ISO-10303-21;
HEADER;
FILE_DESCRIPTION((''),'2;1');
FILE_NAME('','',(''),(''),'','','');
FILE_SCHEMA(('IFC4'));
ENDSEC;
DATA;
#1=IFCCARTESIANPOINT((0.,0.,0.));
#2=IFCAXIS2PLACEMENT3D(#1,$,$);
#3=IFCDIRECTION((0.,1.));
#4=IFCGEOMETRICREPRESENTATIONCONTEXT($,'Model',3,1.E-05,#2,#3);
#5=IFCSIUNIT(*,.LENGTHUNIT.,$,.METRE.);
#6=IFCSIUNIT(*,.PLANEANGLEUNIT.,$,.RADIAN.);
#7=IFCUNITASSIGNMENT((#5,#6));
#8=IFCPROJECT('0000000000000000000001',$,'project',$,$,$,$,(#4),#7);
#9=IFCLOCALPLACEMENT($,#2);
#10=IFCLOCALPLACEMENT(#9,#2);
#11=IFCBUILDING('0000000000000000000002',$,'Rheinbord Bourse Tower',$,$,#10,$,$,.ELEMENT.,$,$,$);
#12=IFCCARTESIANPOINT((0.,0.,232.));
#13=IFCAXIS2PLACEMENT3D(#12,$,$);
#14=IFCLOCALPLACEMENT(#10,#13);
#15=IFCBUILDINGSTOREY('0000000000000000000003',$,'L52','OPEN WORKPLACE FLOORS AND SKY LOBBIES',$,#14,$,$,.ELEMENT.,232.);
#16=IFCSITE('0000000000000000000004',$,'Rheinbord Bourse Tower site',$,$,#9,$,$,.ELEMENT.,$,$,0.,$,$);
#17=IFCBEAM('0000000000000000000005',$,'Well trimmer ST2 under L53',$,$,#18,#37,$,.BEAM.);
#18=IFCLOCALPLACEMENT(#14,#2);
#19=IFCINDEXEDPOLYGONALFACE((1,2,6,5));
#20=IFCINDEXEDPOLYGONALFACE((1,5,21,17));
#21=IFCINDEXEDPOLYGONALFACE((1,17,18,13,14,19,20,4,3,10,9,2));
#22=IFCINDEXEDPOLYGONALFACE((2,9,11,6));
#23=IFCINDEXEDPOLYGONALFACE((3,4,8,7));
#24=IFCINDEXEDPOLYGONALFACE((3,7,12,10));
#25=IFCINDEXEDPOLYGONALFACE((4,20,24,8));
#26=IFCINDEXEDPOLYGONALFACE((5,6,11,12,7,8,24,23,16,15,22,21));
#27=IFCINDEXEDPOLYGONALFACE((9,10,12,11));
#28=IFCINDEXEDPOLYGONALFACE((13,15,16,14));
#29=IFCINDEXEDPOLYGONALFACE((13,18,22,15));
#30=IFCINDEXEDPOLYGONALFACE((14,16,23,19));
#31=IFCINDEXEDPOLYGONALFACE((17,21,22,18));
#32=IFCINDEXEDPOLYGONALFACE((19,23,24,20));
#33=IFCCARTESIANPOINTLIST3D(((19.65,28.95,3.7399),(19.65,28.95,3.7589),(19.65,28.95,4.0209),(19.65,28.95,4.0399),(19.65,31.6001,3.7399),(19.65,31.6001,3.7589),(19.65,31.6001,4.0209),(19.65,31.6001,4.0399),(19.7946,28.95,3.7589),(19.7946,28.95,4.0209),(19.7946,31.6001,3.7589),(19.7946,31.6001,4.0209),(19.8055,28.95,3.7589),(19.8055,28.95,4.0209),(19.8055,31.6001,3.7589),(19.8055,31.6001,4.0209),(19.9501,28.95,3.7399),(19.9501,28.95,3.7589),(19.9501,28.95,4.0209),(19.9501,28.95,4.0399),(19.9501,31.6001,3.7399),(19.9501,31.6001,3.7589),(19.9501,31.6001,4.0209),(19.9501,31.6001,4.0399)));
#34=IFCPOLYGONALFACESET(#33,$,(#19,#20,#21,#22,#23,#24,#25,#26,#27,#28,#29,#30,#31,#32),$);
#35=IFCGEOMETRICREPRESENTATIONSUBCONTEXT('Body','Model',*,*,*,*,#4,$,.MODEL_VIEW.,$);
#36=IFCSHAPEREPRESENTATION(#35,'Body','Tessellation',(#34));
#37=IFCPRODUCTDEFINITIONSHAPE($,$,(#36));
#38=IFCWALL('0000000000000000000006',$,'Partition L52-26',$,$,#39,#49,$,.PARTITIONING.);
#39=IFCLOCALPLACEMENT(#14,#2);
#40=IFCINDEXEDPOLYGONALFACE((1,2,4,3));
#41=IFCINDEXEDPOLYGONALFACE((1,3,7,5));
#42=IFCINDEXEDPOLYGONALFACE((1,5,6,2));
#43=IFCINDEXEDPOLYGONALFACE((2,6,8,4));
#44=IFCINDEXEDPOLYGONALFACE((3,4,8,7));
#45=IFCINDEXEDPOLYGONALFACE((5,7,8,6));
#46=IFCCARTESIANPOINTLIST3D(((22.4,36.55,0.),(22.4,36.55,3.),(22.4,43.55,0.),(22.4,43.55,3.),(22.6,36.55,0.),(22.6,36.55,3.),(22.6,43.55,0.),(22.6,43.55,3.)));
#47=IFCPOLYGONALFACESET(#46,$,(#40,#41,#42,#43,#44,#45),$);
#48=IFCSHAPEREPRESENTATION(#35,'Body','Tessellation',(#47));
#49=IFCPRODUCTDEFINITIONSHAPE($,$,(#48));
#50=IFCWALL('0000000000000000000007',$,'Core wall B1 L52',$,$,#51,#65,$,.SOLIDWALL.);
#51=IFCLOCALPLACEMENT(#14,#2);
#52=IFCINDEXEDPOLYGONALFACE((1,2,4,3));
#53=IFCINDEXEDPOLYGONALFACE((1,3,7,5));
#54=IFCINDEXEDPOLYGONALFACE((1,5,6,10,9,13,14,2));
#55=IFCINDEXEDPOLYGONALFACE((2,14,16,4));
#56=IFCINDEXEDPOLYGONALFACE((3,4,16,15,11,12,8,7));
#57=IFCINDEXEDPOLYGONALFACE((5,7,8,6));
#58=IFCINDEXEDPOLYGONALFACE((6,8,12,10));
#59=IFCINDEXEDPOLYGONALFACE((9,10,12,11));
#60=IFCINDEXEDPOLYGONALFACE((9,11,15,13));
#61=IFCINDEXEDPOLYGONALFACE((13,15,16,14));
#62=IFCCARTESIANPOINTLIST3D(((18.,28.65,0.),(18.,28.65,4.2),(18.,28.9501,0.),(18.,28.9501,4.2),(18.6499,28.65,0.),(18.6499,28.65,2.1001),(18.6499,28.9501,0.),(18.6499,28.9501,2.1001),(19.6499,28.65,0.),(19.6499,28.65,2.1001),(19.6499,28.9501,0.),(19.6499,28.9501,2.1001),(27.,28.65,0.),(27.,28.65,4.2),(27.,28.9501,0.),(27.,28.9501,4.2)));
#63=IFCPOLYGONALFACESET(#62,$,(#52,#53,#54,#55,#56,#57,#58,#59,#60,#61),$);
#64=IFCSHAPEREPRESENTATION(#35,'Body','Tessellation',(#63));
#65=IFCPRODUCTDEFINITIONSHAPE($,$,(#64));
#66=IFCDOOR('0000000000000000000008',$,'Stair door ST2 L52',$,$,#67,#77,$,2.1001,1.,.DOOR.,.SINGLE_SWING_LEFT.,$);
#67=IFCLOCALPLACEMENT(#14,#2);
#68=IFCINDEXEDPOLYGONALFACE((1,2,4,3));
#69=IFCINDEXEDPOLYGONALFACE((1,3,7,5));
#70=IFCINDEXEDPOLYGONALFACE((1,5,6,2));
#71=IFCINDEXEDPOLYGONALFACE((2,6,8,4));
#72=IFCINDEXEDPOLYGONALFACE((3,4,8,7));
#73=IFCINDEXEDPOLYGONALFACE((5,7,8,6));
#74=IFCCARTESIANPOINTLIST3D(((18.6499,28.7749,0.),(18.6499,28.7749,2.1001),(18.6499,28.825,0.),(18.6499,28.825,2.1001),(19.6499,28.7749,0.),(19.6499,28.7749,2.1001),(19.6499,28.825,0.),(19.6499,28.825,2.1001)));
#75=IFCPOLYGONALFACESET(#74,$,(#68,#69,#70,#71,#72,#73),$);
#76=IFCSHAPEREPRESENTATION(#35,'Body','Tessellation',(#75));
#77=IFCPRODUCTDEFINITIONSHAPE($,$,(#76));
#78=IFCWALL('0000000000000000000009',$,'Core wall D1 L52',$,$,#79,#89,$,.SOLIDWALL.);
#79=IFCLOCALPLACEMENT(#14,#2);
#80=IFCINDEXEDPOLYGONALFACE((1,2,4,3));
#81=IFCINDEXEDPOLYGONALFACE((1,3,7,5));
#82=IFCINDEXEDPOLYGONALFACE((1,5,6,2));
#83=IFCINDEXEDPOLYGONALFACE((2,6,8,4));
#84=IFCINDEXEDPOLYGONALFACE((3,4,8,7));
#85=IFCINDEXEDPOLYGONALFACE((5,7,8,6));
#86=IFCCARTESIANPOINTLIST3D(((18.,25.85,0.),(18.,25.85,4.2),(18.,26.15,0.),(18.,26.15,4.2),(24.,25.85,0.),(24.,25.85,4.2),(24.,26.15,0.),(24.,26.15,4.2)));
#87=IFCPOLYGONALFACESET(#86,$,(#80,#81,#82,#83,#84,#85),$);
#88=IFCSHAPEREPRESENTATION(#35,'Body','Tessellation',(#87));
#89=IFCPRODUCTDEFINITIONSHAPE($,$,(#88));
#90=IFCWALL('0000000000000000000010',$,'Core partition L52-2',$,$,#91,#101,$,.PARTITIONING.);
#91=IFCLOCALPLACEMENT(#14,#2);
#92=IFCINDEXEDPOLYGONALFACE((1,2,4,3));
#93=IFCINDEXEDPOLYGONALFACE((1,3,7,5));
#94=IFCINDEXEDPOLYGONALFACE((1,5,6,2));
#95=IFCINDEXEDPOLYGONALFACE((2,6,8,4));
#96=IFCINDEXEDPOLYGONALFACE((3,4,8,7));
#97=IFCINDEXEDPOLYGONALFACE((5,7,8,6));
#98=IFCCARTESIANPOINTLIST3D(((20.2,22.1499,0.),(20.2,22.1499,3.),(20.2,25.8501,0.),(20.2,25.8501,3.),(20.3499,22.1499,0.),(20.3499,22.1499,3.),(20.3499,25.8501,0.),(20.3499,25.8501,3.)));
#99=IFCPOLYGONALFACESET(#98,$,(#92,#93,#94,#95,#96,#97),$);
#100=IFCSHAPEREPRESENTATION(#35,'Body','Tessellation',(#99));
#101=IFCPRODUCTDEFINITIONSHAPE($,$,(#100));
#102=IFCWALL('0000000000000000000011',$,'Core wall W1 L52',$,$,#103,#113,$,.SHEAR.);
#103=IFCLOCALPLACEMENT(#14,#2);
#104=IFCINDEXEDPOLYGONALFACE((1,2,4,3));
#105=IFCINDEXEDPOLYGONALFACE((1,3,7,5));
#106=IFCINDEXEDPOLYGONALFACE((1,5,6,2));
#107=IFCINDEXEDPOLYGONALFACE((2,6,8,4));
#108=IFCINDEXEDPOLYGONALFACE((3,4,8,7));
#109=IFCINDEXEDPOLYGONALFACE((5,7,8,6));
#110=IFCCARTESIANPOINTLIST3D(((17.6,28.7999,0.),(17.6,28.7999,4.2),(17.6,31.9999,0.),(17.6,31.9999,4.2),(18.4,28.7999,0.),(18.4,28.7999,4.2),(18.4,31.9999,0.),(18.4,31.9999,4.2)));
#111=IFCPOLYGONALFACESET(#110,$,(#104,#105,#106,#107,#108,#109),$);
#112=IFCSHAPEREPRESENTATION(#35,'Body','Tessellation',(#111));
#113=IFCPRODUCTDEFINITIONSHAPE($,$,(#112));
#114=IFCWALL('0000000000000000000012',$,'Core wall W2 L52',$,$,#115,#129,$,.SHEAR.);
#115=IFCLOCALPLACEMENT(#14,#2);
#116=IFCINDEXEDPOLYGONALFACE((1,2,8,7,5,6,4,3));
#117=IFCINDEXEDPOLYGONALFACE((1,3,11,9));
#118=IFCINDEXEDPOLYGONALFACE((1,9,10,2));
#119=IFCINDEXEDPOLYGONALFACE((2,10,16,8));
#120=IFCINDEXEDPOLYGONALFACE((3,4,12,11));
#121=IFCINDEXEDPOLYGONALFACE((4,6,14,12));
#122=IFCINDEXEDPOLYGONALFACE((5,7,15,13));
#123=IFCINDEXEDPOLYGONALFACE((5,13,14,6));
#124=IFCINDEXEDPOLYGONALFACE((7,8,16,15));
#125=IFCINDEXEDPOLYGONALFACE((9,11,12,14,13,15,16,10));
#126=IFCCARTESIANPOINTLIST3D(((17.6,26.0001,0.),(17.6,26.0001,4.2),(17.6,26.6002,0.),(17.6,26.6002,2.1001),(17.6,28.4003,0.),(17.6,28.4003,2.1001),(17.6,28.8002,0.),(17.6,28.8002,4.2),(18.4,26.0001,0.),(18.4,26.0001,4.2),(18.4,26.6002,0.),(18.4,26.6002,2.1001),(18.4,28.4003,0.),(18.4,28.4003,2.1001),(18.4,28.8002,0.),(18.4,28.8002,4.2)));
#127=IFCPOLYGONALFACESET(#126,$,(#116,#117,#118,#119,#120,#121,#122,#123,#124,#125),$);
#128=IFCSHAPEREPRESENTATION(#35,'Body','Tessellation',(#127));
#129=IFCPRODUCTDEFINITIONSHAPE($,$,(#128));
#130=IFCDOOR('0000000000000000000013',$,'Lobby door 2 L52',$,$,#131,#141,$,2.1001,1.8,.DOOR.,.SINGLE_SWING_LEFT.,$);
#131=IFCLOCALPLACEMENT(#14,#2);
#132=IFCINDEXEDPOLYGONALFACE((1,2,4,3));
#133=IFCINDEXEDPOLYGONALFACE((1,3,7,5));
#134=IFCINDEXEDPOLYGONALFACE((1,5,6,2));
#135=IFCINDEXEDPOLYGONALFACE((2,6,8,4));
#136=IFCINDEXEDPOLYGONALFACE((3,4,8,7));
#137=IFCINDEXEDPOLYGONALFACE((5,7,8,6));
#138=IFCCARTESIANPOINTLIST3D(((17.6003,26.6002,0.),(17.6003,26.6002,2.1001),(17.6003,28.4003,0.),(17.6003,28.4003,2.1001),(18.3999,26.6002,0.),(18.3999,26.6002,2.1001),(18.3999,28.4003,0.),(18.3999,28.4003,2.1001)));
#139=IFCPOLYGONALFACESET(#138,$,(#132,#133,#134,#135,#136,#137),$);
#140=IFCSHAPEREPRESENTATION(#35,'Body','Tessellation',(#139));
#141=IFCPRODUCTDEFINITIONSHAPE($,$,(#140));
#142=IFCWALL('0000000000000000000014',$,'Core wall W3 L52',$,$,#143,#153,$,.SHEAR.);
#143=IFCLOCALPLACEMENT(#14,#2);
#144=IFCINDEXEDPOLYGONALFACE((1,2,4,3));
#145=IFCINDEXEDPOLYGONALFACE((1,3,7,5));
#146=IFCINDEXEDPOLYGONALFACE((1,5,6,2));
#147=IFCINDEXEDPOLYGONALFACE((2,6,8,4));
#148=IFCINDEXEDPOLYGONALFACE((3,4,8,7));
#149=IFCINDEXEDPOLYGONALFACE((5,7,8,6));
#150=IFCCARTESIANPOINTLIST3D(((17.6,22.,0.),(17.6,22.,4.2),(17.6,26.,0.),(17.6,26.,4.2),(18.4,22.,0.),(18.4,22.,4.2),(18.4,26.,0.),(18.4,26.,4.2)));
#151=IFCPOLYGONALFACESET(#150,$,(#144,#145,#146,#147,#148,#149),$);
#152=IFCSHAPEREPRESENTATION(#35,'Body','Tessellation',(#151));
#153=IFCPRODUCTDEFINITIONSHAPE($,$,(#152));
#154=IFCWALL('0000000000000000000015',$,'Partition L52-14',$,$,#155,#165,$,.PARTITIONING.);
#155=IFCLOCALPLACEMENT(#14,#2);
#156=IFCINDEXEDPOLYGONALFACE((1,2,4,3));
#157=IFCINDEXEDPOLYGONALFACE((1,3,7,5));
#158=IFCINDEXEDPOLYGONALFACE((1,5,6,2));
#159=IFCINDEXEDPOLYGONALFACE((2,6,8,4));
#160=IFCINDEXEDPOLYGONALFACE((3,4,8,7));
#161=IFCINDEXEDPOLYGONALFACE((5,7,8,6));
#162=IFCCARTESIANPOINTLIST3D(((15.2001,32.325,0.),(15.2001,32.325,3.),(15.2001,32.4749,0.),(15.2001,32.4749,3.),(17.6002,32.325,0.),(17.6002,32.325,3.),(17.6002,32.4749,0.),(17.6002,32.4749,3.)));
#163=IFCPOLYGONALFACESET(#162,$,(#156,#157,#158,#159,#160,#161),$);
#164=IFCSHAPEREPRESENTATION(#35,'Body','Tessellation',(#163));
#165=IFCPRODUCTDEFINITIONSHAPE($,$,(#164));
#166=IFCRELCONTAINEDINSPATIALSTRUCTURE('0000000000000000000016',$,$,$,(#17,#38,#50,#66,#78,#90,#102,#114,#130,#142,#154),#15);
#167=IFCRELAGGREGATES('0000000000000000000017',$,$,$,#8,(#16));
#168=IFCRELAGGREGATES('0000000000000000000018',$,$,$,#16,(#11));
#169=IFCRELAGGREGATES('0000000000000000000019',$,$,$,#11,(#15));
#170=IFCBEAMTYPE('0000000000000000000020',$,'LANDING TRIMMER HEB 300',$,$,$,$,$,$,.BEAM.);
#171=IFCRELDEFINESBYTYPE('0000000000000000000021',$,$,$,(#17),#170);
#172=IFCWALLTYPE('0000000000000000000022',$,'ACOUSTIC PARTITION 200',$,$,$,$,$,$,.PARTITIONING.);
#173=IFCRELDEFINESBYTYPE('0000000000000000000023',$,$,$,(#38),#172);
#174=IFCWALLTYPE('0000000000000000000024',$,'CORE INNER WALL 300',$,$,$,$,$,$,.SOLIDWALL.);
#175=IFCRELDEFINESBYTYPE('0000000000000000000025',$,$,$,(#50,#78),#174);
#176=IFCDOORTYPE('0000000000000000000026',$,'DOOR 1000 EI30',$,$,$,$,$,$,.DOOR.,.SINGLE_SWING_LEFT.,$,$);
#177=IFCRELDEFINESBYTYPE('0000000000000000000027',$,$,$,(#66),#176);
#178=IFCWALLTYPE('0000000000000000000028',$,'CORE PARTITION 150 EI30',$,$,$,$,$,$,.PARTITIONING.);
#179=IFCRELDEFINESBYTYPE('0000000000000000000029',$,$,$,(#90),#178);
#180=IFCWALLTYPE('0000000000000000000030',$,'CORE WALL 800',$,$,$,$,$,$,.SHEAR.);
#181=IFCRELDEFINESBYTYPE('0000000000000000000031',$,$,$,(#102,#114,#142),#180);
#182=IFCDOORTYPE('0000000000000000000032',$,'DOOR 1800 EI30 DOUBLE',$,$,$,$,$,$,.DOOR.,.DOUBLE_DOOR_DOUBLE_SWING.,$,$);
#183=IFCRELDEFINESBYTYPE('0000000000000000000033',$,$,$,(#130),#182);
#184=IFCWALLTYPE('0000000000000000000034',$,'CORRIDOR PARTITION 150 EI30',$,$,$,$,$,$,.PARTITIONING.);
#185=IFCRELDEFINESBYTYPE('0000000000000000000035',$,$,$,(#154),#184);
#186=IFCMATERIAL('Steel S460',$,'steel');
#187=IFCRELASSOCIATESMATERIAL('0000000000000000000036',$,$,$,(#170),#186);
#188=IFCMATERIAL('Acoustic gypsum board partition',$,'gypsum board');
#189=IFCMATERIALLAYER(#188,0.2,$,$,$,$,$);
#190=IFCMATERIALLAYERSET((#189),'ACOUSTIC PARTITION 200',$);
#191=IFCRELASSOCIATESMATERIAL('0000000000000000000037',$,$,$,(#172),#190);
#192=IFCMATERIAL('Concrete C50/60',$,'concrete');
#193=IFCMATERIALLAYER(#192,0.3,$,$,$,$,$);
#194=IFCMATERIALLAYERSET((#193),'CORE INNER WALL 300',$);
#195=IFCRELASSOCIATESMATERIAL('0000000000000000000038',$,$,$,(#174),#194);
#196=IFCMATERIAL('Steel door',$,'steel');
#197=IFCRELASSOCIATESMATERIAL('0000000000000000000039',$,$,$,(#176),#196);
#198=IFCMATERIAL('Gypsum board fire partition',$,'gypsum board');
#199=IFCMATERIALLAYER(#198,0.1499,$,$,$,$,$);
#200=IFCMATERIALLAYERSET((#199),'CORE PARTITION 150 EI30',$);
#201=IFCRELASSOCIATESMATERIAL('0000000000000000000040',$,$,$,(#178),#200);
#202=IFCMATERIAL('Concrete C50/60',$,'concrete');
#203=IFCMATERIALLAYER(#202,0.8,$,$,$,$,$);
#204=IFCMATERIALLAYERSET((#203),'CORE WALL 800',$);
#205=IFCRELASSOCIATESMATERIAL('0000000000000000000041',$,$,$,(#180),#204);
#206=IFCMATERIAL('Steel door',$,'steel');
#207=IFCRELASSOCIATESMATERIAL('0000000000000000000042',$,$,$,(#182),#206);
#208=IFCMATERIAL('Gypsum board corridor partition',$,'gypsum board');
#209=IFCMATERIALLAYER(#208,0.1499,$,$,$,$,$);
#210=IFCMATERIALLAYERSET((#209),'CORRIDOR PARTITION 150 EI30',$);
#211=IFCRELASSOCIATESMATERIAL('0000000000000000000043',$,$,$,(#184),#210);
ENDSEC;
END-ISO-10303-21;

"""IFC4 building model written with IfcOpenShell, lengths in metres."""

from ifc_helpers import new_model, si_unit, direction, frame, frame_2d, origin, origin_2d, place, context, subcontext, project, spatial, rectangle, i_section, extrude, material, layer, layer_set, material_profile, profile_set, type_object, element, fill, save


model = new_model("IFC4")

# Units and contexts
model_context = context("Model", 3, precision=1e-05, world=origin(), true_north=direction((0.0, 1.0)))
body_context = subcontext(model_context, "Body", "Model", "MODEL_VIEW")
ifc_project = project(units=[si_unit("LENGTHUNIT", "METRE"), si_unit("PLANEANGLEUNIT", "RADIAN")], contexts=[model_context])

# Site, building, storey
site_placement = place(None, origin())
site = spatial("IfcSite", under=ifc_project, at=site_placement, Name="Rheinbord Bourse Tower site", CompositionType="ELEMENT", RefElevation=0.0)
building_placement = place(site_placement, origin())
building = spatial("IfcBuilding", under=site, at=building_placement, Name="Rheinbord Bourse Tower", CompositionType="ELEMENT")
storey_placement = place(building_placement, frame((0.0, 0.0, 232.0)))
storey = spatial("IfcBuildingStorey", under=building, at=storey_placement, Name="L52", Description="OPEN WORKPLACE FLOORS AND SKY LOBBIES", CompositionType="ELEMENT", Elevation=232.0)

# Beam
ifc_material_1 = material(Name="Steel S460", Category="steel")
ifc_material_profile = material_profile(ifc_material_1, i_section(OverallWidth=0.3, OverallDepth=0.3, WebThickness=0.011, FlangeThickness=0.019, at=origin_2d()), Name="HEB 300")
ifc_profile_set = profile_set([ifc_material_profile], Name="Steel S460")
beam_type = type_object("IfcBeamType", Name="LANDING TRIMMER HEB 300", PredefinedType="BEAM", material=ifc_profile_set)
beam_placement = place(storey_placement, frame((19.8, 28.95, 3.8899), z_axis=(0.0, 1.0, 0.0), x_axis=(-1.0, 0.0, 0.0)))
element("IfcBeam", 1, at=beam_placement, inside=storey, type_object=beam_type, Name="Well trimmer ST2 under L53", PredefinedType="BEAM", context=body_context, shape_type="SweptSolid", body=[
    extrude(i_section(OverallWidth=0.3, OverallDepth=0.3, WebThickness=0.011, FlangeThickness=0.019, at=origin_2d()), origin(), (0.0, 0.0, 1.0), 2.6501),
])

# Wall
ifc_material_2 = material(Name="Acoustic gypsum board partition", Category="gypsum board")
ifc_layer_1 = layer(ifc_material_2, 0.2)
ifc_layer_set_1 = layer_set([ifc_layer_1], Name="ACOUSTIC PARTITION 200")
wall_type_1 = type_object("IfcWallType", Name="ACOUSTIC PARTITION 200", PredefinedType="PARTITIONING", material=ifc_layer_set_1)
wall_1_placement = place(storey_placement, frame((22.5, 36.55, 0.0), z_axis=(0.0, 0.0, 1.0), x_axis=(0.0, 1.0, 0.0)))
element("IfcWall", 2, at=wall_1_placement, inside=storey, type_object=wall_type_1, Name="Partition L52-26", PredefinedType="PARTITIONING", context=body_context, shape_type="SweptSolid", body=[
    extrude(rectangle(XDim=7.0, YDim=0.2, at=frame_2d((3.5, 0.0))), origin(), (0.0, 0.0, 1.0), 3.0),
])

# Wall, opening, door
ifc_material_3 = material(Name="Concrete C50/60", Category="concrete")
ifc_layer_2 = layer(ifc_material_3, 0.3)
ifc_layer_set_2 = layer_set([ifc_layer_2], Name="CORE INNER WALL 300")
wall_type_2 = type_object("IfcWallType", Name="CORE INNER WALL 300", PredefinedType="SOLIDWALL", material=ifc_layer_set_2)
wall_2_placement = place(storey_placement, frame((18.0, 28.8, 0.0), z_axis=(0.0, 0.0, 1.0), x_axis=(1.0, 0.0, 0.0)))
wall_2 = element("IfcWall", 3, at=wall_2_placement, inside=storey, type_object=wall_type_2, Name="Core wall B1 L52", PredefinedType="SOLIDWALL", context=body_context, shape_type="SweptSolid", body=[
    extrude(rectangle(XDim=9.0, YDim=0.3, at=frame_2d((4.5, 0.0))), origin(), (0.0, 0.0, 1.0), 4.2),
])
opening_1_placement = place(wall_2_placement, frame((0.6499, 0.0, 0.0)))
opening_1 = element("IfcOpeningElement", 4, at=opening_1_placement, cuts=wall_2, PredefinedType="OPENING", context=body_context, shape_type="SweptSolid", body=[
    extrude(rectangle(XDim=1.0, YDim=2.1001, at=frame_2d((0.5, 1.05))), frame((0.0, 0.1599, 0.0), z_axis=(0.0, -1.0, 0.0), x_axis=(1.0, 0.0, 0.0)), (0.0, 0.0, 1.0), 0.3201),
])
ifc_material_4 = material(Name="Steel door", Category="steel")
door_type_1 = type_object("IfcDoorType", Name="DOOR 1000 EI30", OperationType="SINGLE_SWING_LEFT", PredefinedType="DOOR", material=ifc_material_4)
door_1_placement = place(opening_1_placement, origin())
door_1 = element("IfcDoor", 5, at=door_1_placement, inside=storey, type_object=door_type_1, Name="Stair door ST2 L52", OperationType="SINGLE_SWING_LEFT", OverallHeight=2.1001, OverallWidth=1.0, PredefinedType="DOOR", context=body_context, shape_type="SweptSolid", body=[
    extrude(rectangle(XDim=1.0, YDim=2.1001, at=frame_2d((0.5, 1.05))), frame((0.0, 0.0249, 0.0), z_axis=(0.0, -1.0, 0.0), x_axis=(1.0, 0.0, 0.0)), (0.0, 0.0, 1.0), 0.05),
])
fill(opening_1, door_1)

# Walls
wall_3_placement = place(storey_placement, frame((18.0, 26.0, 0.0), z_axis=(0.0, 0.0, 1.0), x_axis=(1.0, 0.0, 0.0)))
element("IfcWall", 6, at=wall_3_placement, inside=storey, type_object=wall_type_2, Name="Core wall D1 L52", PredefinedType="SOLIDWALL", context=body_context, shape_type="SweptSolid", body=[
    extrude(rectangle(XDim=6.0, YDim=0.3, at=frame_2d((3.0, 0.0))), origin(), (0.0, 0.0, 1.0), 4.2),
])
ifc_material_5 = material(Name="Gypsum board fire partition", Category="gypsum board")
ifc_layer_3 = layer(ifc_material_5, 0.1499)
ifc_layer_set_3 = layer_set([ifc_layer_3], Name="CORE PARTITION 150 EI30")
wall_type_3 = type_object("IfcWallType", Name="CORE PARTITION 150 EI30", PredefinedType="PARTITIONING", material=ifc_layer_set_3)
wall_4_placement = place(storey_placement, frame((20.2749, 22.1499, 0.0), z_axis=(0.0, 0.0, 1.0), x_axis=(0.0, 1.0, 0.0)))
element("IfcWall", 7, at=wall_4_placement, inside=storey, type_object=wall_type_3, Name="Core partition L52-2", PredefinedType="PARTITIONING", context=body_context, shape_type="SweptSolid", body=[
    extrude(rectangle(XDim=3.7002, YDim=0.1499, at=frame_2d((1.8501, 0.0))), origin(), (0.0, 0.0, 1.0), 3.0),
])
ifc_material_6 = material(Name="Concrete C50/60", Category="concrete")
ifc_layer_4 = layer(ifc_material_6, 0.8)
ifc_layer_set_4 = layer_set([ifc_layer_4], Name="CORE WALL 800")
wall_type_4 = type_object("IfcWallType", Name="CORE WALL 800", PredefinedType="SHEAR", material=ifc_layer_set_4)
wall_5_placement = place(storey_placement, frame((18.0, 32.0, 0.0), z_axis=(0.0, 0.0, 1.0), x_axis=(0.0, -1.0, 0.0)))
element("IfcWall", 8, at=wall_5_placement, inside=storey, type_object=wall_type_4, Name="Core wall W1 L52", PredefinedType="SHEAR", context=body_context, shape_type="SweptSolid", body=[
    extrude(rectangle(XDim=3.2, YDim=0.8, at=frame_2d((1.6001, 0.0))), origin(), (0.0, 0.0, 1.0), 4.2),
])

# Wall, opening, door
wall_6_placement = place(storey_placement, frame((18.0, 28.8, 0.0), z_axis=(0.0, 0.0, 1.0), x_axis=(0.0, -1.0, 0.0)))
wall_6 = element("IfcWall", 9, at=wall_6_placement, inside=storey, type_object=wall_type_4, Name="Core wall W2 L52", PredefinedType="SHEAR", context=body_context, shape_type="SweptSolid", body=[
    extrude(rectangle(XDim=2.8, YDim=0.8, at=frame_2d((1.3999, 0.0))), origin(), (0.0, 0.0, 1.0), 4.2),
])
opening_2_placement = place(wall_6_placement, frame((0.3999, 0.0, 0.0)))
opening_2 = element("IfcOpeningElement", 10, at=opening_2_placement, cuts=wall_6, PredefinedType="OPENING", context=body_context, shape_type="SweptSolid", body=[
    extrude(rectangle(XDim=1.8, YDim=2.1001, at=frame_2d((0.8999, 1.05))), frame((0.0, 0.4099, 0.0), z_axis=(0.0, -1.0, 0.0), x_axis=(1.0, 0.0, 0.0)), (0.0, 0.0, 1.0), 0.8201),
])
ifc_material_7 = material(Name="Steel door", Category="steel")
door_type_2 = type_object("IfcDoorType", Name="DOOR 1800 EI30 DOUBLE", OperationType="DOUBLE_DOOR_DOUBLE_SWING", PredefinedType="DOOR", material=ifc_material_7)
door_2_placement = place(opening_2_placement, origin())
door_2 = element("IfcDoor", 11, at=door_2_placement, inside=storey, type_object=door_type_2, Name="Lobby door 2 L52", OperationType="SINGLE_SWING_LEFT", OverallHeight=2.1001, OverallWidth=1.8, PredefinedType="DOOR", context=body_context, shape_type="SweptSolid", body=[
    extrude(rectangle(XDim=1.8, YDim=2.1001, at=frame_2d((0.8999, 1.05))), frame((0.0, 0.3999, 0.0), z_axis=(0.0, -1.0, 0.0), x_axis=(1.0, 0.0, 0.0)), (0.0, 0.0, 1.0), 0.7996),
])
fill(opening_2, door_2)

# Walls
wall_7_placement = place(storey_placement, frame((18.0, 26.0, 0.0), z_axis=(0.0, 0.0, 1.0), x_axis=(0.0, -1.0, 0.0)))
element("IfcWall", 12, at=wall_7_placement, inside=storey, type_object=wall_type_4, Name="Core wall W3 L52", PredefinedType="SHEAR", context=body_context, shape_type="SweptSolid", body=[
    extrude(rectangle(XDim=4.0, YDim=0.8, at=frame_2d((2.0, 0.0))), origin(), (0.0, 0.0, 1.0), 4.2),
])
ifc_material_8 = material(Name="Gypsum board corridor partition", Category="gypsum board")
ifc_layer_5 = layer(ifc_material_8, 0.1499)
ifc_layer_set_5 = layer_set([ifc_layer_5], Name="CORRIDOR PARTITION 150 EI30")
wall_type_5 = type_object("IfcWallType", Name="CORRIDOR PARTITION 150 EI30", PredefinedType="PARTITIONING", material=ifc_layer_set_5)
wall_8_placement = place(storey_placement, frame((15.2, 32.3999, 0.0), z_axis=(0.0, 0.0, 1.0), x_axis=(1.0, 0.0, 0.0)))
element("IfcWall", 13, at=wall_8_placement, inside=storey, type_object=wall_type_5, Name="Partition L52-14", PredefinedType="PARTITIONING", context=body_context, shape_type="SweptSolid", body=[
    extrude(rectangle(XDim=2.4001, YDim=0.1499, at=frame_2d((1.2002, 0.0))), origin(), (0.0, 0.0, 1.0), 3.0),
])

save(model, "model.ifc")
